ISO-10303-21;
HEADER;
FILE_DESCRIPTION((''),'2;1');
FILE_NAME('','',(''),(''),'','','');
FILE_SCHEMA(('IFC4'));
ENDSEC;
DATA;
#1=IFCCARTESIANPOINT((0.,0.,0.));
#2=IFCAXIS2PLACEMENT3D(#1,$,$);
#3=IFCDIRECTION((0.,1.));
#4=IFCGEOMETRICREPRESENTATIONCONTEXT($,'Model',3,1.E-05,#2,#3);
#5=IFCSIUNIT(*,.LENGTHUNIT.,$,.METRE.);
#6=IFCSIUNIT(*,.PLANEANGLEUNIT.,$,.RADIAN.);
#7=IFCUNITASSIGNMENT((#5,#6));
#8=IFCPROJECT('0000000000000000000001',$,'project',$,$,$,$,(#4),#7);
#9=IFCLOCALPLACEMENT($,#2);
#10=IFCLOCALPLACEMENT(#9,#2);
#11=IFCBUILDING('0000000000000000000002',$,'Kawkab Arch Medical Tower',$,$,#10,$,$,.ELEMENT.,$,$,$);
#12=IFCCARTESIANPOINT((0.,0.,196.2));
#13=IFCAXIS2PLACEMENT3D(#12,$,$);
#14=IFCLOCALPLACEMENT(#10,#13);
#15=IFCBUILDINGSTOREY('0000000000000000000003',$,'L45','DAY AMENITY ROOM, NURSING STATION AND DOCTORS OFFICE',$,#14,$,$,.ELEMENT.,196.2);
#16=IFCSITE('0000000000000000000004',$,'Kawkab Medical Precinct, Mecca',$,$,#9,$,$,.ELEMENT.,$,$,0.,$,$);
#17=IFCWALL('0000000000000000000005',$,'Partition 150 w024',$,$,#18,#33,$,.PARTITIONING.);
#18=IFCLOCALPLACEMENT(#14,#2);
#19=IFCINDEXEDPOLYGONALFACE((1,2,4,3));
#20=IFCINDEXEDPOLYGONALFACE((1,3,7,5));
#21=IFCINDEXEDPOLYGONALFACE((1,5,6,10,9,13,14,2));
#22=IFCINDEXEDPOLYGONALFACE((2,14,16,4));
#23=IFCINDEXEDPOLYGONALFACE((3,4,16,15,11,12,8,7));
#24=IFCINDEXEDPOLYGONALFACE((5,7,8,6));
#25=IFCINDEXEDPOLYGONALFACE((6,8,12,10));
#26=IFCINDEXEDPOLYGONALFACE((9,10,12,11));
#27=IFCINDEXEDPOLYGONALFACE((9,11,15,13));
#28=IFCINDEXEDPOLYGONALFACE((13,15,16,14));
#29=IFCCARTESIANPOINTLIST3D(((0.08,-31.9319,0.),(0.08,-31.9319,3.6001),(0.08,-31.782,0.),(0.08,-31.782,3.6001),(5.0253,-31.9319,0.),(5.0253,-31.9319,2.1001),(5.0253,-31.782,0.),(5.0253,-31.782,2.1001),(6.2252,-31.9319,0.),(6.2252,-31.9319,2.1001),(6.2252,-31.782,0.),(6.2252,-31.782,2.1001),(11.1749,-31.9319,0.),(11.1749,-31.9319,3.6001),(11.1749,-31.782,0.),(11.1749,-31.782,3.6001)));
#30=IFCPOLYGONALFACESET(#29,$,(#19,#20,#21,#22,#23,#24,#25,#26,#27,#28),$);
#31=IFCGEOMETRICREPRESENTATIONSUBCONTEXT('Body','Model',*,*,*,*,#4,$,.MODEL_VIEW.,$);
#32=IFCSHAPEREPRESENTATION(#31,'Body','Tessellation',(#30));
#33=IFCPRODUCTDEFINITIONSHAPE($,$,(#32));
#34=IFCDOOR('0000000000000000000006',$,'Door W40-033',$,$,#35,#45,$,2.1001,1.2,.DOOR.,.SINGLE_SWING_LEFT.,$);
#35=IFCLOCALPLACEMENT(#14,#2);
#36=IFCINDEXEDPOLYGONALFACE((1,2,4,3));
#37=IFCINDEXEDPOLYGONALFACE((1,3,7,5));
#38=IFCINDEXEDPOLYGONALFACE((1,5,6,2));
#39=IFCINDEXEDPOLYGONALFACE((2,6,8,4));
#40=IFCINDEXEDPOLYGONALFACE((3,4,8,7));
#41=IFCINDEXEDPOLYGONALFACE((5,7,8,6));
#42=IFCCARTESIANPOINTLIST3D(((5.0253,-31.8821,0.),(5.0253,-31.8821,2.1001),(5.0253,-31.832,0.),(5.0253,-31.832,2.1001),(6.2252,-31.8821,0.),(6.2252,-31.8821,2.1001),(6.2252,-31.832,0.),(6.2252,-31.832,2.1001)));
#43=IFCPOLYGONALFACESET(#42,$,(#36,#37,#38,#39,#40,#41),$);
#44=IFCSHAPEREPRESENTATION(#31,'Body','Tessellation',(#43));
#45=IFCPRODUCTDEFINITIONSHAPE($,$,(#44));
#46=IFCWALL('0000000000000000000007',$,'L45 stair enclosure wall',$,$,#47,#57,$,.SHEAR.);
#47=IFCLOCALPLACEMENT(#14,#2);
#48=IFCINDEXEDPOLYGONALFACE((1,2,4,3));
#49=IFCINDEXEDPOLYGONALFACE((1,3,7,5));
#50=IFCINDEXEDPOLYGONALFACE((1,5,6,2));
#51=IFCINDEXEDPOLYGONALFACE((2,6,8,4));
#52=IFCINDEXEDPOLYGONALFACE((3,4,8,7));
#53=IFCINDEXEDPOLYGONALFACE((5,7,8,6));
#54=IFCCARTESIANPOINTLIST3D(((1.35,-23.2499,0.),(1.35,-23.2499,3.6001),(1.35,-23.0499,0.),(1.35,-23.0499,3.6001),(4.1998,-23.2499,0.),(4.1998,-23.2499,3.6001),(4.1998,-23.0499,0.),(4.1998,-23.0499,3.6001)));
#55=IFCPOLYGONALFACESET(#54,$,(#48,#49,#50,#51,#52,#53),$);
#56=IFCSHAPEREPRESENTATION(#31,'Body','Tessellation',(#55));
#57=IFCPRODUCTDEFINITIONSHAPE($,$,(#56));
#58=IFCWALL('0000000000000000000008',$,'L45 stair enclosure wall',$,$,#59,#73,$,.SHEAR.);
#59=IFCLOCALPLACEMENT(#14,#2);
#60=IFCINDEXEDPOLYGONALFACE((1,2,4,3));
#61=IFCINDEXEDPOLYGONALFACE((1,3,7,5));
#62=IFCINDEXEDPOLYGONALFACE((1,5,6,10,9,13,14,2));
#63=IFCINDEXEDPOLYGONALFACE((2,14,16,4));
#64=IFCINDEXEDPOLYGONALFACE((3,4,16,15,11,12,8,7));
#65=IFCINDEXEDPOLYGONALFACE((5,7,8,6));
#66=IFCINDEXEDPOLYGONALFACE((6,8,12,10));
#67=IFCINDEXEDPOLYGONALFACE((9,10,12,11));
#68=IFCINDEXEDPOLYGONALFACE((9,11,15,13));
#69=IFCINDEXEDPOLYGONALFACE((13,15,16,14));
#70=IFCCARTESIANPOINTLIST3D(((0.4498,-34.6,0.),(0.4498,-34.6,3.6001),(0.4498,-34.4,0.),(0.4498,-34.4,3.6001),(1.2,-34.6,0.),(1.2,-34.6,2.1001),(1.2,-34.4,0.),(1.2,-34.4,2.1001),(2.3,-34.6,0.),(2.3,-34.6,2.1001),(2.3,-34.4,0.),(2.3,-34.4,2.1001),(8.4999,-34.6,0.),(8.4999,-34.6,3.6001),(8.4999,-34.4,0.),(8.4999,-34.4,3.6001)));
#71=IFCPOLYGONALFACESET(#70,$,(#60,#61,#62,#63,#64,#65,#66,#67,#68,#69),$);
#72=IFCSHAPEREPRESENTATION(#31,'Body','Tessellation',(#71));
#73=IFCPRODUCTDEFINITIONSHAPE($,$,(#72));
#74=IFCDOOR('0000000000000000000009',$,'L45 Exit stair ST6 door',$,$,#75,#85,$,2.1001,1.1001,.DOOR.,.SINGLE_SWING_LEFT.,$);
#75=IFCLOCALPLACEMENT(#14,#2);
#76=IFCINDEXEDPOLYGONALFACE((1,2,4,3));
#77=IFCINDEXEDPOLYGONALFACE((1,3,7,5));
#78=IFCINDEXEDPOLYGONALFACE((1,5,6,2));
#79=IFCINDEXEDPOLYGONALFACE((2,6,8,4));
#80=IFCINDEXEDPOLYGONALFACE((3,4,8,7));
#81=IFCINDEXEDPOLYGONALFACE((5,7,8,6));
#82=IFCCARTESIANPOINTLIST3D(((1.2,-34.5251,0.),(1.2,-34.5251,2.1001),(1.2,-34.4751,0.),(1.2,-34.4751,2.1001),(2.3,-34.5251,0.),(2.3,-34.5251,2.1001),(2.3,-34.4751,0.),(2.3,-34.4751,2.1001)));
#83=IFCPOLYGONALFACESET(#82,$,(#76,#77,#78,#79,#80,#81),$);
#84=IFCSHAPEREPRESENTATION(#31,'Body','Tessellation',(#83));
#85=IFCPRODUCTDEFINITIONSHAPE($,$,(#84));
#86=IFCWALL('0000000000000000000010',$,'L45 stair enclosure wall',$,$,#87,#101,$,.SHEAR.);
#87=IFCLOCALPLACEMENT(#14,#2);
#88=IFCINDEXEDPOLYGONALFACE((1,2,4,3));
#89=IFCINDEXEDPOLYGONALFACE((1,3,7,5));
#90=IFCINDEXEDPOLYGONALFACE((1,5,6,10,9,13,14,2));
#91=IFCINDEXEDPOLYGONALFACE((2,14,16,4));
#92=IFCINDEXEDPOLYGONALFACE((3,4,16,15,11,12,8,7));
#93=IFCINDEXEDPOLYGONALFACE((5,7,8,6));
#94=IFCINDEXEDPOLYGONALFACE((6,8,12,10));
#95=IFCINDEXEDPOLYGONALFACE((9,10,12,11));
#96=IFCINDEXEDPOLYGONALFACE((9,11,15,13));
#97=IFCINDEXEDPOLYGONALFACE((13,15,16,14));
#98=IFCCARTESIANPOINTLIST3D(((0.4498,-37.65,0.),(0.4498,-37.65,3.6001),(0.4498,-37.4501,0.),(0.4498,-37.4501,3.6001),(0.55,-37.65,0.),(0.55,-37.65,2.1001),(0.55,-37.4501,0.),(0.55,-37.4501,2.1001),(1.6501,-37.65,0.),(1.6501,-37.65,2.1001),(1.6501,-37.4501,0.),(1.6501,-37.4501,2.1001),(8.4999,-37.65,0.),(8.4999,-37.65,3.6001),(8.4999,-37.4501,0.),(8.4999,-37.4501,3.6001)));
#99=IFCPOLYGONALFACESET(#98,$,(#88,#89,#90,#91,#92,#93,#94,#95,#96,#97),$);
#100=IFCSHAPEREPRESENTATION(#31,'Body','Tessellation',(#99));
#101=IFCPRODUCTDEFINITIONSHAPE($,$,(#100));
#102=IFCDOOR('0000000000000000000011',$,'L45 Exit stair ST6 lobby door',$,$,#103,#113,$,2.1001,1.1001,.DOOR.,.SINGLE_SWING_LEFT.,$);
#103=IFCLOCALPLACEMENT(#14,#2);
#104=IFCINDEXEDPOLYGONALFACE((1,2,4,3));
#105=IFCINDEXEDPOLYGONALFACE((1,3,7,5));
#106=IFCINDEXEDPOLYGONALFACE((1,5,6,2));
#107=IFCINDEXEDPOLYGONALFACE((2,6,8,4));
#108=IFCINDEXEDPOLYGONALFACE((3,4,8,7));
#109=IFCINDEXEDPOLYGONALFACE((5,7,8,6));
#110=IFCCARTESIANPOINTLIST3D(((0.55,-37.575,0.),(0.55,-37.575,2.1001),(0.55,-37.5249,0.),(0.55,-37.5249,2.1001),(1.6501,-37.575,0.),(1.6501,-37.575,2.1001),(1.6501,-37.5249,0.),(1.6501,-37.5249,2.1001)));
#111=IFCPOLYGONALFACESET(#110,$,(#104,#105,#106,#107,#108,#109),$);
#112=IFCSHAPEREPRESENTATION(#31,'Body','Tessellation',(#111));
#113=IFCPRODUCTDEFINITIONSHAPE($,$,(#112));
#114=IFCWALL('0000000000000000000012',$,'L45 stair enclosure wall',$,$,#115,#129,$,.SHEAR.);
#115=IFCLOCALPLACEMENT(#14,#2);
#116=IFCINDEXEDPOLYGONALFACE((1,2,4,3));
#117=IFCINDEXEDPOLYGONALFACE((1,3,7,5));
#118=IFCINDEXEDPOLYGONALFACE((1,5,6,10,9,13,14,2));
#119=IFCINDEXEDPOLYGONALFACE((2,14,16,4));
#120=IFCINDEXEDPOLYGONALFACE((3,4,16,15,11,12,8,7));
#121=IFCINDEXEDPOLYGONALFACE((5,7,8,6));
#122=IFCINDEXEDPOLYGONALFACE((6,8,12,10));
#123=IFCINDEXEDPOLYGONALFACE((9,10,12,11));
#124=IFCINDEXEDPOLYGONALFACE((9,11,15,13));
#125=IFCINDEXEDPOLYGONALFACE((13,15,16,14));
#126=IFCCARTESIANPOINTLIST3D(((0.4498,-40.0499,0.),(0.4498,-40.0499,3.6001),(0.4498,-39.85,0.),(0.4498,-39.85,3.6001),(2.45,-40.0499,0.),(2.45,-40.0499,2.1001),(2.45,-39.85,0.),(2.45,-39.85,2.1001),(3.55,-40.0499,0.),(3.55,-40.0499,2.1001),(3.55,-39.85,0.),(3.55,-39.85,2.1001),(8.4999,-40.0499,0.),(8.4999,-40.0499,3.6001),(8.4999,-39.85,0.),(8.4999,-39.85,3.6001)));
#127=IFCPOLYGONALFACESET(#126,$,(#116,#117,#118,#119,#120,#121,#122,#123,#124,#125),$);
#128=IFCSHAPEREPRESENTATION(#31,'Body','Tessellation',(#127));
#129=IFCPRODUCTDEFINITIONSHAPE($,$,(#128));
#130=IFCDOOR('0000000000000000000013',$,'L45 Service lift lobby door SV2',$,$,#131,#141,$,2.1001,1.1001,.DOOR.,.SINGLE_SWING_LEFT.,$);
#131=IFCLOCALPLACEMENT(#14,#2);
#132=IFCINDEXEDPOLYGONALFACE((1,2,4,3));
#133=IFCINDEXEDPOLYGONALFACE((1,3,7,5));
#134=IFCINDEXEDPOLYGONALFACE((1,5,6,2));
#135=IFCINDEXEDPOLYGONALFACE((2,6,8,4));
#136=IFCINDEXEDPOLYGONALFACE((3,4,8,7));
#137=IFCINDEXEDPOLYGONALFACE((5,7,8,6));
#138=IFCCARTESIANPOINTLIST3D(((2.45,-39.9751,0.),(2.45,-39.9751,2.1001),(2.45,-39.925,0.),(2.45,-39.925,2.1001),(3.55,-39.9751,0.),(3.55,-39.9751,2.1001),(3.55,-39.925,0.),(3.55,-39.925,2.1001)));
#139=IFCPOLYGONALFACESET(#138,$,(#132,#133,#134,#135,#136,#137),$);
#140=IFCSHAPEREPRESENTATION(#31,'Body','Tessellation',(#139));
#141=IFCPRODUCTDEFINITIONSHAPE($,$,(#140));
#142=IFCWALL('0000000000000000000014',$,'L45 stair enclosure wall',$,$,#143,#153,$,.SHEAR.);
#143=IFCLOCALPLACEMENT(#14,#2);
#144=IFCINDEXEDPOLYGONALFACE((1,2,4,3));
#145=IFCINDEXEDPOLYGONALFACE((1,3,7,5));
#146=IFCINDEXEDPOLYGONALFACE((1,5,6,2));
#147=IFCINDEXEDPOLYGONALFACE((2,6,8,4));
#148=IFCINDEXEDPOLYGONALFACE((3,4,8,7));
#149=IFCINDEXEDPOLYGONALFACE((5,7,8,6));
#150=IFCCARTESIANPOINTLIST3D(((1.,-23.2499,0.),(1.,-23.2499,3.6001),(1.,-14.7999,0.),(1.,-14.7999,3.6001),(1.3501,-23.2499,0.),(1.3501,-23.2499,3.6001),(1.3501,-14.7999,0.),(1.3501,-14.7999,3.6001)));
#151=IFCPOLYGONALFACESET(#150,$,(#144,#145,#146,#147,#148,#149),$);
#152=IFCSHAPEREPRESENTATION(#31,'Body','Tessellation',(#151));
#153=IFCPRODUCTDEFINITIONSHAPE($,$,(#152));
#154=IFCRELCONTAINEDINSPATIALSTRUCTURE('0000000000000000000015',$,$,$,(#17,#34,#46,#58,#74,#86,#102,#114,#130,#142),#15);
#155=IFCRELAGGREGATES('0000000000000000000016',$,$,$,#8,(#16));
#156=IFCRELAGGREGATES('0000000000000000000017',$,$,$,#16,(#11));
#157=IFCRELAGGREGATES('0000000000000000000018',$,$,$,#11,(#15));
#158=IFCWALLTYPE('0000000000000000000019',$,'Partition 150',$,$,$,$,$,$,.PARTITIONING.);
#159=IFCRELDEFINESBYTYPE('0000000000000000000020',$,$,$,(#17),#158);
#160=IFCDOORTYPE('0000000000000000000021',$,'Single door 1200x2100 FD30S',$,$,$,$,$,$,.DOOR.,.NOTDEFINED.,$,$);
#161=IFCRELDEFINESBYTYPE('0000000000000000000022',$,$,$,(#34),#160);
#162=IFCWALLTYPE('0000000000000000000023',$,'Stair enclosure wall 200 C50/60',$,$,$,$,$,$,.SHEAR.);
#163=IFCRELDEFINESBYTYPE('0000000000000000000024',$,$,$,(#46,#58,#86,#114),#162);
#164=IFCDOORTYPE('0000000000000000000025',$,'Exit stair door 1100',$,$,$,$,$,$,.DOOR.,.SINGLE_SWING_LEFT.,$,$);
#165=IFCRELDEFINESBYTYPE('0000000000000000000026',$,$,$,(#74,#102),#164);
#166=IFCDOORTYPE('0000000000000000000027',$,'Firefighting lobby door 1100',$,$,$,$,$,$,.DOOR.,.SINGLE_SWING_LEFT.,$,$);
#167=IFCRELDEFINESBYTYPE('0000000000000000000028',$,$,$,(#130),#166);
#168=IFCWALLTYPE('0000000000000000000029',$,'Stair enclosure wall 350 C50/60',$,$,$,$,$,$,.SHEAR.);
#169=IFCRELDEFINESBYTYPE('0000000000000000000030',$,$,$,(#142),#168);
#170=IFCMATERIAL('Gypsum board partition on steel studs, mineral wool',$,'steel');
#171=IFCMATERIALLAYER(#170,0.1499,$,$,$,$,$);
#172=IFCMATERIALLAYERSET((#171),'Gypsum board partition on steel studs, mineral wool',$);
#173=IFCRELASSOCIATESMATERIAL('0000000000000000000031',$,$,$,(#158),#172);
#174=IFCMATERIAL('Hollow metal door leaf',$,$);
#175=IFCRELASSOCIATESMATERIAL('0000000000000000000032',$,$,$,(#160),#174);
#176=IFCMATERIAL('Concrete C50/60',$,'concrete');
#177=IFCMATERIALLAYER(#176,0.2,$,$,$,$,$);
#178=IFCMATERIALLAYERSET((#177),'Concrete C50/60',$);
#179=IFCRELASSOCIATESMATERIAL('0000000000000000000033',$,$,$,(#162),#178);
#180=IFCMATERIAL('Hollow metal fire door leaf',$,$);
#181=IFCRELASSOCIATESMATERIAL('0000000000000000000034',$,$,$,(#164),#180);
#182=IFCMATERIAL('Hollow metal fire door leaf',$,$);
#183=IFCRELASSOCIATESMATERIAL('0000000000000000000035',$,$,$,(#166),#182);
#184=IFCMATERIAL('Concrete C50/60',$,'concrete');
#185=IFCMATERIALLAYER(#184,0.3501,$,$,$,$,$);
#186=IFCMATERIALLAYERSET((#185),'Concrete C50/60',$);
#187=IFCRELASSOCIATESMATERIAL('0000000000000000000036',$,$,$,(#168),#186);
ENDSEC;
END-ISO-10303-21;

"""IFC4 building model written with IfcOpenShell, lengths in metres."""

from ifc_helpers import new_model, si_unit, direction, frame, frame_2d, origin, place, context, subcontext, project, spatial, rectangle, extrude, material, layer, layer_set, type_object, element, fill, save


model = new_model("IFC4")

# Units and contexts
model_context = context("Model", 3, precision=1e-05, world=origin(), true_north=direction((0.0, 1.0)))
body_context = subcontext(model_context, "Body", "Model", "MODEL_VIEW")
ifc_project = project(units=[si_unit("LENGTHUNIT", "METRE"), si_unit("PLANEANGLEUNIT", "RADIAN")], contexts=[model_context])

# Site, building, storey
site_placement = place(None, origin())
site = spatial("IfcSite", under=ifc_project, at=site_placement, Name="Kawkab Medical Precinct, Mecca", CompositionType="ELEMENT", RefElevation=0.0)
building_placement = place(site_placement, origin())
building = spatial("IfcBuilding", under=site, at=building_placement, Name="Kawkab Arch Medical Tower", CompositionType="ELEMENT")
storey_placement = place(building_placement, frame((0.0, 0.0, 196.2)))
storey = spatial("IfcBuildingStorey", under=building, at=storey_placement, Name="L45", Description="DAY AMENITY ROOM, NURSING STATION AND DOCTORS OFFICE", CompositionType="ELEMENT", Elevation=196.2)

# Shared definitions
ifc_material_1 = material(Name="Gypsum board partition on steel studs, mineral wool", Category="steel")
ifc_layer_1 = layer(ifc_material_1, 0.1499)
ifc_layer_set_1 = layer_set([ifc_layer_1], Name="Gypsum board partition on steel studs, mineral wool")
wall_type_1 = type_object("IfcWallType", Name="Partition 150", PredefinedType="PARTITIONING", material=ifc_layer_set_1)

# Wall, opening, door
wall_1_placement = place(storey_placement, frame((0.0801, -31.8569, 0.0), z_axis=(0.0, 0.0, 1.0), x_axis=(1.0, 0.0, 0.0)))
wall_1 = element("IfcWall", 1, at=wall_1_placement, inside=storey, type_object=wall_type_1, Name="Partition 150 w024", PredefinedType="PARTITIONING", context=body_context, shape_type="SweptSolid", body=[
    extrude(rectangle(XDim=11.095, YDim=0.1499, at=frame_2d((5.5474, 0.0))), origin(), (0.0, 0.0, 1.0), 3.6001),
])
opening_1_placement = place(wall_1_placement, frame((4.9451, 0.0, 0.0)))
opening_1 = element("IfcOpeningElement", 2, at=opening_1_placement, cuts=wall_1, PredefinedType="OPENING", context=body_context, shape_type="SweptSolid", body=[
    extrude(rectangle(XDim=1.2, YDim=2.1001, at=frame_2d((0.6001, 1.05))), frame((0.0, 0.085, 0.0), z_axis=(0.0, -1.0, 0.0), x_axis=(1.0, 0.0, 0.0)), (0.0, 0.0, 1.0), 0.1699),
])
ifc_material_2 = material(Name="Hollow metal door leaf")
door_type_1 = type_object("IfcDoorType", Name="Single door 1200x2100 FD30S", OperationType="NOTDEFINED", PredefinedType="DOOR", material=ifc_material_2)
door_1_placement = place(opening_1_placement, origin())
door_1 = element("IfcDoor", 3, at=door_1_placement, inside=storey, type_object=door_type_1, Name="Door W40-033", OperationType="SINGLE_SWING_LEFT", OverallHeight=2.1001, OverallWidth=1.2, PredefinedType="DOOR", context=body_context, shape_type="SweptSolid", body=[
    extrude(rectangle(XDim=1.2, YDim=2.1001, at=frame_2d((0.6001, 1.05))), frame((0.0, 0.0249, 0.0), z_axis=(0.0, -1.0, 0.0), x_axis=(1.0, 0.0, 0.0)), (0.0, 0.0, 1.0), 0.05),
])
fill(opening_1, door_1)

# Wall
ifc_material_3 = material(Name="Concrete C50/60", Category="concrete")
ifc_layer_2 = layer(ifc_material_3, 0.2)
ifc_layer_set_2 = layer_set([ifc_layer_2], Name="Concrete C50/60")
wall_type_2 = type_object("IfcWallType", Name="Stair enclosure wall 200 C50/60", PredefinedType="SHEAR", material=ifc_layer_set_2)
wall_2_placement = place(storey_placement, frame((1.3501, -23.1499, 0.0), z_axis=(0.0, 0.0, 1.0), x_axis=(1.0, 0.0, 0.0)))
element("IfcWall", 4, at=wall_2_placement, inside=storey, type_object=wall_type_2, Name="L45 stair enclosure wall", PredefinedType="SHEAR", context=body_context, shape_type="SweptSolid", body=[
    extrude(rectangle(XDim=2.8499, YDim=0.2, at=frame_2d((1.4248, 0.0))), origin(), (0.0, 0.0, 1.0), 3.6001),
])

# Walls, openings, doors
wall_3_placement = place(storey_placement, frame((0.45, -34.5, 0.0), z_axis=(0.0, 0.0, 1.0), x_axis=(1.0, 0.0, 0.0)))
wall_3 = element("IfcWall", 5, at=wall_3_placement, inside=storey, type_object=wall_type_2, Name="L45 stair enclosure wall", PredefinedType="SHEAR", context=body_context, shape_type="SweptSolid", body=[
    extrude(rectangle(XDim=8.05, YDim=0.2, at=frame_2d((4.0249, 0.0))), origin(), (0.0, 0.0, 1.0), 3.6001),
])
opening_2_placement = place(wall_3_placement, frame((0.75, 0.0, 0.0)))
opening_2 = element("IfcOpeningElement", 6, at=opening_2_placement, cuts=wall_3, PredefinedType="OPENING", context=body_context, shape_type="SweptSolid", body=[
    extrude(rectangle(XDim=1.1001, YDim=2.1001, at=frame_2d((0.55, 1.05))), frame((0.0, 0.1099, 0.0), z_axis=(0.0, -1.0, 0.0), x_axis=(1.0, 0.0, 0.0)), (0.0, 0.0, 1.0), 0.22),
])
ifc_material_4 = material(Name="Hollow metal fire door leaf")
door_type_2 = type_object("IfcDoorType", Name="Exit stair door 1100", OperationType="SINGLE_SWING_LEFT", PredefinedType="DOOR", material=ifc_material_4)
door_2_placement = place(opening_2_placement, origin())
door_2 = element("IfcDoor", 7, at=door_2_placement, inside=storey, type_object=door_type_2, Name="L45 Exit stair ST6 door", OperationType="SINGLE_SWING_LEFT", OverallHeight=2.1001, OverallWidth=1.1001, PredefinedType="DOOR", context=body_context, shape_type="SweptSolid", body=[
    extrude(rectangle(XDim=1.1001, YDim=2.1001, at=frame_2d((0.55, 1.05))), frame((0.0, 0.0249, 0.0), z_axis=(0.0, -1.0, 0.0), x_axis=(1.0, 0.0, 0.0)), (0.0, 0.0, 1.0), 0.05),
])
fill(opening_2, door_2)
wall_4_placement = place(storey_placement, frame((0.45, -37.55, 0.0), z_axis=(0.0, 0.0, 1.0), x_axis=(1.0, 0.0, 0.0)))
wall_4 = element("IfcWall", 8, at=wall_4_placement, inside=storey, type_object=wall_type_2, Name="L45 stair enclosure wall", PredefinedType="SHEAR", context=body_context, shape_type="SweptSolid", body=[
    extrude(rectangle(XDim=8.05, YDim=0.2, at=frame_2d((4.0249, 0.0))), origin(), (0.0, 0.0, 1.0), 3.6001),
])
opening_3_placement = place(wall_4_placement, frame((0.1001, 0.0, 0.0)))
opening_3 = element("IfcOpeningElement", 9, at=opening_3_placement, cuts=wall_4, PredefinedType="OPENING", context=body_context, shape_type="SweptSolid", body=[
    extrude(rectangle(XDim=1.1001, YDim=2.1001, at=frame_2d((0.55, 1.05))), frame((0.0, 0.1099, 0.0), z_axis=(0.0, -1.0, 0.0), x_axis=(1.0, 0.0, 0.0)), (0.0, 0.0, 1.0), 0.22),
])
door_3_placement = place(opening_3_placement, frame((1.1001, 0.0, 0.0), z_axis=(0.0, 0.0, 1.0), x_axis=(-1.0, 0.0, 0.0)))
door_3 = element("IfcDoor", 10, at=door_3_placement, inside=storey, type_object=door_type_2, Name="L45 Exit stair ST6 lobby door", OperationType="SINGLE_SWING_LEFT", OverallHeight=2.1001, OverallWidth=1.1001, PredefinedType="DOOR", context=body_context, shape_type="SweptSolid", body=[
    extrude(rectangle(XDim=1.1001, YDim=2.1001, at=frame_2d((0.55, 1.05))), frame((0.0, 0.0249, 0.0), z_axis=(0.0, -1.0, 0.0), x_axis=(1.0, 0.0, 0.0)), (0.0, 0.0, 1.0), 0.05),
])
fill(opening_3, door_3)
wall_5_placement = place(storey_placement, frame((0.45, -39.95, 0.0), z_axis=(0.0, 0.0, 1.0), x_axis=(1.0, 0.0, 0.0)))
wall_5 = element("IfcWall", 11, at=wall_5_placement, inside=storey, type_object=wall_type_2, Name="L45 stair enclosure wall", PredefinedType="SHEAR", context=body_context, shape_type="SweptSolid", body=[
    extrude(rectangle(XDim=8.05, YDim=0.2, at=frame_2d((4.0249, 0.0))), origin(), (0.0, 0.0, 1.0), 3.6001),
])
opening_4_placement = place(wall_5_placement, frame((2.0, 0.0, 0.0)))
opening_4 = element("IfcOpeningElement", 12, at=opening_4_placement, cuts=wall_5, PredefinedType="OPENING", context=body_context, shape_type="SweptSolid", body=[
    extrude(rectangle(XDim=1.1001, YDim=2.1001, at=frame_2d((0.55, 1.05))), frame((0.0, 0.1099, 0.0), z_axis=(0.0, -1.0, 0.0), x_axis=(1.0, 0.0, 0.0)), (0.0, 0.0, 1.0), 0.22),
])
ifc_material_5 = material(Name="Hollow metal fire door leaf")
door_type_3 = type_object("IfcDoorType", Name="Firefighting lobby door 1100", OperationType="SINGLE_SWING_LEFT", PredefinedType="DOOR", material=ifc_material_5)
door_4_placement = place(opening_4_placement, origin())
door_4 = element("IfcDoor", 13, at=door_4_placement, inside=storey, type_object=door_type_3, Name="L45 Service lift lobby door SV2", OperationType="SINGLE_SWING_LEFT", OverallHeight=2.1001, OverallWidth=1.1001, PredefinedType="DOOR", context=body_context, shape_type="SweptSolid", body=[
    extrude(rectangle(XDim=1.1001, YDim=2.1001, at=frame_2d((0.55, 1.05))), frame((0.0, 0.0249, 0.0), z_axis=(0.0, -1.0, 0.0), x_axis=(1.0, 0.0, 0.0)), (0.0, 0.0, 1.0), 0.05),
])
fill(opening_4, door_4)

# Wall
ifc_material_6 = material(Name="Concrete C50/60", Category="concrete")
ifc_layer_3 = layer(ifc_material_6, 0.3501)
ifc_layer_set_3 = layer_set([ifc_layer_3], Name="Concrete C50/60")
wall_type_3 = type_object("IfcWallType", Name="Stair enclosure wall 350 C50/60", PredefinedType="SHEAR", material=ifc_layer_set_3)
wall_6_placement = place(storey_placement, frame((1.175, -23.25, 0.0), z_axis=(0.0, 0.0, 1.0), x_axis=(0.0, 1.0, 0.0)))
element("IfcWall", 14, at=wall_6_placement, inside=storey, type_object=wall_type_3, Name="L45 stair enclosure wall", PredefinedType="SHEAR", context=body_context, shape_type="SweptSolid", body=[
    extrude(rectangle(XDim=8.45, YDim=0.3501, at=frame_2d((4.2251, 0.0))), origin(), (0.0, 0.0, 1.0), 3.6001),
])

save(model, "model.ifc")
